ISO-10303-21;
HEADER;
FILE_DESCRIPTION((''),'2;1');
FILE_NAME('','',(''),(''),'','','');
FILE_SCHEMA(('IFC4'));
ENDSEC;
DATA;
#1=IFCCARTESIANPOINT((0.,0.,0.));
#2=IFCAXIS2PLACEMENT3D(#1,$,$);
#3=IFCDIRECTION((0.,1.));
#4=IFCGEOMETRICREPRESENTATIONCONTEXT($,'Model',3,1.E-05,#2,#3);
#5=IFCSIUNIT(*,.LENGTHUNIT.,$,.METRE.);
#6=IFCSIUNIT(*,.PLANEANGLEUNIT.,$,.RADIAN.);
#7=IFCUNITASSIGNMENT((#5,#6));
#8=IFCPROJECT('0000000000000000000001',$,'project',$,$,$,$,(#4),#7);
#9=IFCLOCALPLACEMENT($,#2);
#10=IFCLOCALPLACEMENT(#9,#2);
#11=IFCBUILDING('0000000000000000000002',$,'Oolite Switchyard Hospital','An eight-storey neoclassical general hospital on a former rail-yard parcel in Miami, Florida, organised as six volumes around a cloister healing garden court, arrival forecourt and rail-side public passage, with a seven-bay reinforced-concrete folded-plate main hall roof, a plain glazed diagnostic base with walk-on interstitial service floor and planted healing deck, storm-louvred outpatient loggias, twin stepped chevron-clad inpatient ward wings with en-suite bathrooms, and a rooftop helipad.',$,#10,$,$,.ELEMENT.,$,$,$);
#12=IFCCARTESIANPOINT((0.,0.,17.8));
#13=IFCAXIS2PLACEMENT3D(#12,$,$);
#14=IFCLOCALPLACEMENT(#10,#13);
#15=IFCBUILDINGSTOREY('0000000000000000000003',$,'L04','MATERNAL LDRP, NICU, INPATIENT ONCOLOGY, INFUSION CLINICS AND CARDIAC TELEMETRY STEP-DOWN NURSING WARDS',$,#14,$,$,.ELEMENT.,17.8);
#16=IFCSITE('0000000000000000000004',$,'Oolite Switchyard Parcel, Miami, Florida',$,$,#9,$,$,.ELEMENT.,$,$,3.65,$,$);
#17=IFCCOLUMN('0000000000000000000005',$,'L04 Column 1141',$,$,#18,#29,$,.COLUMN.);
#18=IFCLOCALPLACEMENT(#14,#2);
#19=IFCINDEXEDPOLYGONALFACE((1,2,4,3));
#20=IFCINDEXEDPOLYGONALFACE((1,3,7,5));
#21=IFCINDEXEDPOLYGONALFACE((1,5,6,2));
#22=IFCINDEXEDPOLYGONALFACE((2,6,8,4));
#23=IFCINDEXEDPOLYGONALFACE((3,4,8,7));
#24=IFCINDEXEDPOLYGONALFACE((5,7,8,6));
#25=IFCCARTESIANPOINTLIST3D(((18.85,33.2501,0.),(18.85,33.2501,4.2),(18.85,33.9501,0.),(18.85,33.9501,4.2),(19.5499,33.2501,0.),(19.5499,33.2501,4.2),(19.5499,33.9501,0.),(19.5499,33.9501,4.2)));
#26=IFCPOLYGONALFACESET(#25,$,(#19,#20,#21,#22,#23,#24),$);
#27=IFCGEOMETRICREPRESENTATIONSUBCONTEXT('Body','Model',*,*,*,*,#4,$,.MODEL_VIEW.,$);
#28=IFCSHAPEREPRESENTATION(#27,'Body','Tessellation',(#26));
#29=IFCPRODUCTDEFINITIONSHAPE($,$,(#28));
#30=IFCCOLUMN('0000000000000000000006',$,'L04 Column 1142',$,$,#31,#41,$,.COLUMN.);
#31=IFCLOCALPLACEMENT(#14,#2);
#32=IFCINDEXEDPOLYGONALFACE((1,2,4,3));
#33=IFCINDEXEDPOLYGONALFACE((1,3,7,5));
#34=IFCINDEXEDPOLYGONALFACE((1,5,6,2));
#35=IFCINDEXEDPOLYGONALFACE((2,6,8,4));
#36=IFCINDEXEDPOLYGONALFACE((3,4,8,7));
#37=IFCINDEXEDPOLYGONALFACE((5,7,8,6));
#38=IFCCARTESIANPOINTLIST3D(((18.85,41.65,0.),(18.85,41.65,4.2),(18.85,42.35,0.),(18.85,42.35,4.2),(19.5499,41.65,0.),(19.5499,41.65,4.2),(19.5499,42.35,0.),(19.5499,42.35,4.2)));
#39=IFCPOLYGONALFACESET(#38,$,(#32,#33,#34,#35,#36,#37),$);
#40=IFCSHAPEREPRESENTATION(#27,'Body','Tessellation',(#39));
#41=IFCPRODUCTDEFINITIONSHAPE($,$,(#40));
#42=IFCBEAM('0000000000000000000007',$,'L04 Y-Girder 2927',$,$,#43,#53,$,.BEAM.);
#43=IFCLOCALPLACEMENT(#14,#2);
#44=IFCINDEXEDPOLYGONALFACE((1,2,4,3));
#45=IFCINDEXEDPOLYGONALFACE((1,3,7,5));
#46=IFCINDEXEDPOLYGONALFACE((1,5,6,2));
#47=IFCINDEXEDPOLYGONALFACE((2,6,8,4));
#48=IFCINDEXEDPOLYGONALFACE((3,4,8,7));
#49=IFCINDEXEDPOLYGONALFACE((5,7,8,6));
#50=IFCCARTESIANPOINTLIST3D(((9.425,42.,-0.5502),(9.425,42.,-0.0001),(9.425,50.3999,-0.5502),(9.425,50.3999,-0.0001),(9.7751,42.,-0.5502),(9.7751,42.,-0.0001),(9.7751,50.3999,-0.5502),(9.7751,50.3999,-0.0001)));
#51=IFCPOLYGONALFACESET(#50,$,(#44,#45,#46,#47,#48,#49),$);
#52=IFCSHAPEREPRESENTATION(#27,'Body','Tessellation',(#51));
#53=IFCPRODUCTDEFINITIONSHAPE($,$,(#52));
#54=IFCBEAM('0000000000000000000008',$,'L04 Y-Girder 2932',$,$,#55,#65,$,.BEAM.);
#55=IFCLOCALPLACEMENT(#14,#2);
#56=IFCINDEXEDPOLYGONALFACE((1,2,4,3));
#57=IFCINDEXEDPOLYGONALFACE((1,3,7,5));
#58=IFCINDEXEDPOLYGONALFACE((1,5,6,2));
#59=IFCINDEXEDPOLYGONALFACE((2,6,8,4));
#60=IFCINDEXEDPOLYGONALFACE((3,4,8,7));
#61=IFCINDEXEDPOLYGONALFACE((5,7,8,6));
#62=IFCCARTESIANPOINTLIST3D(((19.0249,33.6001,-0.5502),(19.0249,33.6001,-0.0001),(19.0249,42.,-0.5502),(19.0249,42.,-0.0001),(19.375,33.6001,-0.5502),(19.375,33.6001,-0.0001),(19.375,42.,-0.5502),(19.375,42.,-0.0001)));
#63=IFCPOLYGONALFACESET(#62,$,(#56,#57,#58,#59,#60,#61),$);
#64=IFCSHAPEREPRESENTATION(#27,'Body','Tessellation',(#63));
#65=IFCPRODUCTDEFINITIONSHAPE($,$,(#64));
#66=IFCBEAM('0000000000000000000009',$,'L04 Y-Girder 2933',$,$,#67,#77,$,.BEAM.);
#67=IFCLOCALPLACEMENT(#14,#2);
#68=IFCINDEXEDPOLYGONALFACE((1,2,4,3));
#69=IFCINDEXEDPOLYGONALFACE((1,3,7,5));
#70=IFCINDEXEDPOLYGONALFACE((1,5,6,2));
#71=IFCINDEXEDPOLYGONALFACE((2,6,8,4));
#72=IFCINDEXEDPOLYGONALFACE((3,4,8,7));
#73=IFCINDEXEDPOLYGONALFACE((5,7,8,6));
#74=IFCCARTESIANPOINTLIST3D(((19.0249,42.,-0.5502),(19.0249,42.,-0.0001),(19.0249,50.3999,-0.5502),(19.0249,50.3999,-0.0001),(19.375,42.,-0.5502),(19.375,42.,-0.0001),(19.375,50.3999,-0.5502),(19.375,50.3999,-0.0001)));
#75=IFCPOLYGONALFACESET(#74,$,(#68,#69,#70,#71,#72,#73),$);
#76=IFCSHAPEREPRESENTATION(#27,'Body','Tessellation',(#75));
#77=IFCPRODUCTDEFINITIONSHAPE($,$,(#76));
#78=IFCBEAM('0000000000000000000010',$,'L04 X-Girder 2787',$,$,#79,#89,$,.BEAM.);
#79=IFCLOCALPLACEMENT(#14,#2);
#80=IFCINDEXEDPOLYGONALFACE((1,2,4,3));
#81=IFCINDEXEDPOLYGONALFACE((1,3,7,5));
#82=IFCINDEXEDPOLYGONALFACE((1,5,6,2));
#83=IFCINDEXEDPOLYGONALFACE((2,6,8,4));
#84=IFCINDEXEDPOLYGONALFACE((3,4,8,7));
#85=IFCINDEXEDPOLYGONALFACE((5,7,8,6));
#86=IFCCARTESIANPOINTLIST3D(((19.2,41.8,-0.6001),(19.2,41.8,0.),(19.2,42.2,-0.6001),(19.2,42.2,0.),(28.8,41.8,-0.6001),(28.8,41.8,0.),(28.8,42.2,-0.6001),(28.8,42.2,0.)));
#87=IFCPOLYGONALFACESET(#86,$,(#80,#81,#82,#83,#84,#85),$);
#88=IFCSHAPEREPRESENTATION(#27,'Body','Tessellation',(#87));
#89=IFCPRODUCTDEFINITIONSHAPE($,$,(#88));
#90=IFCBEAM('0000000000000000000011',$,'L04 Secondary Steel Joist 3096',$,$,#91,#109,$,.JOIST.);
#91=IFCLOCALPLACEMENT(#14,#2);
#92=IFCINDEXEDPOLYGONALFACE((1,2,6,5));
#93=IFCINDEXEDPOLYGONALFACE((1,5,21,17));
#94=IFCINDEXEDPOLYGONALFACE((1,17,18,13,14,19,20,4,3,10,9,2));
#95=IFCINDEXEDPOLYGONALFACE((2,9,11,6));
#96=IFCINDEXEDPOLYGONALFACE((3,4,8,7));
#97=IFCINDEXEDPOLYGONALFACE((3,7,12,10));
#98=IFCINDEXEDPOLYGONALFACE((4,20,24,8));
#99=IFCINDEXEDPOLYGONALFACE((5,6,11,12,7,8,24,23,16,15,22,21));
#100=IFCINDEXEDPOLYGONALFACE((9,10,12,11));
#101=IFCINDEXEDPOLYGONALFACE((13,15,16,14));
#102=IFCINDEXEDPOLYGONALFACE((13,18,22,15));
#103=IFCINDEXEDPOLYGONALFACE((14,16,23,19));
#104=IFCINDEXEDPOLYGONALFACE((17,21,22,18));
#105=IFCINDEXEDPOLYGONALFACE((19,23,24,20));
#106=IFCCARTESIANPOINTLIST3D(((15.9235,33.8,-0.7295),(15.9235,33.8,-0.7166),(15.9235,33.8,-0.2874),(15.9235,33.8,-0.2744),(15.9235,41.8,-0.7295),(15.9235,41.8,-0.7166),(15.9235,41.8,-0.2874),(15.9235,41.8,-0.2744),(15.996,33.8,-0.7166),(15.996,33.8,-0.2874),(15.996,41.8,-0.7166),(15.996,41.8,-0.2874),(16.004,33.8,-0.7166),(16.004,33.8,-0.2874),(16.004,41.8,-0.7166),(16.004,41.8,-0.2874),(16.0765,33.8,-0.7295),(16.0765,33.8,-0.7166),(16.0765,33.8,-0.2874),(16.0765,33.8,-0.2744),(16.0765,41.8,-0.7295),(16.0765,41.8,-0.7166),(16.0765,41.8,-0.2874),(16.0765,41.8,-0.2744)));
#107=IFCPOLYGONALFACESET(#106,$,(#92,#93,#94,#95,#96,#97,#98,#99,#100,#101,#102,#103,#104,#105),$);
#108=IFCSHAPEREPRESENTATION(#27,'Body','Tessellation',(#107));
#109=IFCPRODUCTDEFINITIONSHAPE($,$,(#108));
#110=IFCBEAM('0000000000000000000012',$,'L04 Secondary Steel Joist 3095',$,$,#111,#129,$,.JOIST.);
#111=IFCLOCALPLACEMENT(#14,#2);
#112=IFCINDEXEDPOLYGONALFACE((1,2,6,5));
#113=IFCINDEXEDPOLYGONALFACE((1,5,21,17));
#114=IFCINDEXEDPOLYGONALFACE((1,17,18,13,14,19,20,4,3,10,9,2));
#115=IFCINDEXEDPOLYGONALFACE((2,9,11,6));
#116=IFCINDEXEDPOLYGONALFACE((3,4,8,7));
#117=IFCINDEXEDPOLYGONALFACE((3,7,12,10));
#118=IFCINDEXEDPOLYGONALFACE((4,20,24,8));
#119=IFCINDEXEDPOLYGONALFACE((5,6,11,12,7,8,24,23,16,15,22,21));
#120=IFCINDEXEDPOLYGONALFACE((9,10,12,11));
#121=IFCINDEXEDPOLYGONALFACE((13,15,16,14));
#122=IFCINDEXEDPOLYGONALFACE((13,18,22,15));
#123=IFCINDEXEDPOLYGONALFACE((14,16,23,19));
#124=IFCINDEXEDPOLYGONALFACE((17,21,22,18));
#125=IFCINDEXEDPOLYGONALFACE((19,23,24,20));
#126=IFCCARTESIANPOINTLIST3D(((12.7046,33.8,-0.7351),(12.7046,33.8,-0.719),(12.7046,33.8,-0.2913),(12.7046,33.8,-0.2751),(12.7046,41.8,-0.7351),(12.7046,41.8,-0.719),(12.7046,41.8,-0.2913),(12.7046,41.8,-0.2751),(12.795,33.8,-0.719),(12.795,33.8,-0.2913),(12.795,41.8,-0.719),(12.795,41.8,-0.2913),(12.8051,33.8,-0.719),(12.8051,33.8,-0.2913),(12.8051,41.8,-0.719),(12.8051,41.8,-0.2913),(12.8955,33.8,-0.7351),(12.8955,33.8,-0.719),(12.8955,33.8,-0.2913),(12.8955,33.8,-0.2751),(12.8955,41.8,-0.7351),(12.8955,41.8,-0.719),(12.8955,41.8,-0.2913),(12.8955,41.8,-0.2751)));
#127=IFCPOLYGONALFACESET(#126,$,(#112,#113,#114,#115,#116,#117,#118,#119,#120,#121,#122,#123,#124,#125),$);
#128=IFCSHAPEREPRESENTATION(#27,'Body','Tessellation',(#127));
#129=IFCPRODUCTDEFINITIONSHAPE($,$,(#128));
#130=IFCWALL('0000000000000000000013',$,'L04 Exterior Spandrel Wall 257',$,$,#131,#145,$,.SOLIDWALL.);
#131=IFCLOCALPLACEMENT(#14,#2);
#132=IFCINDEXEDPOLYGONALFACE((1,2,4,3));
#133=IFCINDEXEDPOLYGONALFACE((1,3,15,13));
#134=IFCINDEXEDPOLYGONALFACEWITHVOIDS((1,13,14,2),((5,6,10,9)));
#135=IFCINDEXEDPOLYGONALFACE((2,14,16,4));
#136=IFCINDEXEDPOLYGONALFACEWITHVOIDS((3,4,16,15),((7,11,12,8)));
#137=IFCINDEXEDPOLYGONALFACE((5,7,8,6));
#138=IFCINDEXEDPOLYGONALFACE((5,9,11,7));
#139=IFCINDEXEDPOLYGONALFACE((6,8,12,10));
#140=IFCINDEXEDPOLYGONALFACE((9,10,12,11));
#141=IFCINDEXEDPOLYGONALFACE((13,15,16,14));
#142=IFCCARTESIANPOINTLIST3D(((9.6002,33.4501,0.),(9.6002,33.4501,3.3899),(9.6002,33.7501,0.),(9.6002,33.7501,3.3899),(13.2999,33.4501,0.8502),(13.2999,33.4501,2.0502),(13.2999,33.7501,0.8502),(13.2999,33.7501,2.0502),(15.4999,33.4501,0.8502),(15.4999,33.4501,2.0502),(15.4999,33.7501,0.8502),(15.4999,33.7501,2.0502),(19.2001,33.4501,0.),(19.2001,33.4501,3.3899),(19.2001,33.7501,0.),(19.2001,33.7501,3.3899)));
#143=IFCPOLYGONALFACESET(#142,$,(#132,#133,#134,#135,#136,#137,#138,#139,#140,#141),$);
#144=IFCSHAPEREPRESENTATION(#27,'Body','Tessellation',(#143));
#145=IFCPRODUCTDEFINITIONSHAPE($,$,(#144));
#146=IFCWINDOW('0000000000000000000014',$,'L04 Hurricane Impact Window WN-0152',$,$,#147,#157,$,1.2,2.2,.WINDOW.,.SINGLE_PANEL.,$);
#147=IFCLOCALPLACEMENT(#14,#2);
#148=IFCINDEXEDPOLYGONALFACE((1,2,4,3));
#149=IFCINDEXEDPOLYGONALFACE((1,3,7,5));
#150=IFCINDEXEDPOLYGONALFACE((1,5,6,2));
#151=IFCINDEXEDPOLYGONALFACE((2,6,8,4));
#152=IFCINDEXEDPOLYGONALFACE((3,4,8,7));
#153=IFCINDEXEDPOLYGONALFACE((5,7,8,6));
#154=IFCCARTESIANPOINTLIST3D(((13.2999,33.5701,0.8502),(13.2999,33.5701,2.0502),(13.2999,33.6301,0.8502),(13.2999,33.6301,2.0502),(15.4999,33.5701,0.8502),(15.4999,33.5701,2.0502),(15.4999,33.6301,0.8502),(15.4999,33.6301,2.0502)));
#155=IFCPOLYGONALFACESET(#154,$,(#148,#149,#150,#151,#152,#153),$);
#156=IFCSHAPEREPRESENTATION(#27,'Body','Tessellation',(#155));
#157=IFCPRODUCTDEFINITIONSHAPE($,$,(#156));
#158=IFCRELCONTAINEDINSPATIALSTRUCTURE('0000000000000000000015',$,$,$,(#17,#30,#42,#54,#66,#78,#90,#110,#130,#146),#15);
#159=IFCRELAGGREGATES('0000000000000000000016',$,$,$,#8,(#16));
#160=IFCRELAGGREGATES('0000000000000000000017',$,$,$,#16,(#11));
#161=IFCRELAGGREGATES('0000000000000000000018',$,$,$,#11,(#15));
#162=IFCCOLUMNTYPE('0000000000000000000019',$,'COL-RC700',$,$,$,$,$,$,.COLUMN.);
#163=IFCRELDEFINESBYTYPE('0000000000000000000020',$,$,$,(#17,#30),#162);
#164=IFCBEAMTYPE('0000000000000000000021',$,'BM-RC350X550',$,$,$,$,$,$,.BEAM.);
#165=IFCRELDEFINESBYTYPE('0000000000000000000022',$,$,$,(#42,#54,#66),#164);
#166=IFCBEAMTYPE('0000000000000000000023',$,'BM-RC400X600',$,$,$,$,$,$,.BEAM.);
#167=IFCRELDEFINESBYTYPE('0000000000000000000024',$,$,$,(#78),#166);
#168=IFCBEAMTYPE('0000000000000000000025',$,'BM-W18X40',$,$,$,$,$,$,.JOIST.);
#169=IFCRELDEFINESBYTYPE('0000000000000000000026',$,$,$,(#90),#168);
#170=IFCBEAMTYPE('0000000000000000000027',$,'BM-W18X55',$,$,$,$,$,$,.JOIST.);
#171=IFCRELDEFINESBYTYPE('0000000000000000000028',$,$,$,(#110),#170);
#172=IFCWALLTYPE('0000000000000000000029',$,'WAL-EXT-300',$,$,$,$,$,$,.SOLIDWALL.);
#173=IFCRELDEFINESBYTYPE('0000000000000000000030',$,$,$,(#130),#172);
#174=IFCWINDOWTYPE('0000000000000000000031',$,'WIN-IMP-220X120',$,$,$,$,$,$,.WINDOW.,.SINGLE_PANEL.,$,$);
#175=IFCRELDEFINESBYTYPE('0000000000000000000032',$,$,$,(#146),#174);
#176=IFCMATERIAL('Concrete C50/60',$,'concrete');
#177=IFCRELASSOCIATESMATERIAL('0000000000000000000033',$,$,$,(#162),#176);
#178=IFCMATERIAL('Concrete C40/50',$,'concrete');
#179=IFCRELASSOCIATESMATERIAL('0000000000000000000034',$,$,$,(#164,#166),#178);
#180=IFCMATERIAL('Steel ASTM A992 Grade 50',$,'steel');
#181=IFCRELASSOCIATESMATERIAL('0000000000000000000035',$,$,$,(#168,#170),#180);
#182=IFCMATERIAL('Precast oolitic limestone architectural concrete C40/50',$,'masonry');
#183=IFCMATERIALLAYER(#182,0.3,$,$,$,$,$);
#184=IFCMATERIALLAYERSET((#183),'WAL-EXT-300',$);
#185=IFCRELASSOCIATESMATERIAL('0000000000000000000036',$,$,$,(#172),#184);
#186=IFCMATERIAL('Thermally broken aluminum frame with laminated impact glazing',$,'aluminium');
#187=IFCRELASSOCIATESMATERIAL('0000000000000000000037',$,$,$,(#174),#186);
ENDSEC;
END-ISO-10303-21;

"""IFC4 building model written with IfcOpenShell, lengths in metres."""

from ifc_helpers import new_model, si_unit, direction, frame, frame_2d, origin, origin_2d, place, context, subcontext, project, spatial, rectangle, i_section, extrude, material, layer, layer_set, material_profile, profile_set, type_object, element, fill, save


model = new_model("IFC4")

# Units and contexts
model_context = context("Model", 3, precision=1e-05, world=origin(), true_north=direction((0.0, 1.0)))
body_context = subcontext(model_context, "Body", "Model", "MODEL_VIEW")
ifc_project = project(units=[si_unit("LENGTHUNIT", "METRE"), si_unit("PLANEANGLEUNIT", "RADIAN")], contexts=[model_context])

# Site, building, storey
site_placement = place(None, origin())
site = spatial("IfcSite", under=ifc_project, at=site_placement, Name="Oolite Switchyard Parcel, Miami, Florida", CompositionType="ELEMENT", RefElevation=3.65)
building_placement = place(site_placement, origin())
building = spatial("IfcBuilding", under=site, at=building_placement, Name="Oolite Switchyard Hospital", Description="An eight-storey neoclassical general hospital on a former rail-yard parcel in Miami, Florida, organised as six volumes around a cloister healing garden court, arrival forecourt and rail-side public passage, with a seven-bay reinforced-concrete folded-plate main hall roof, a plain glazed diagnostic base with walk-on interstitial service floor and planted healing deck, storm-louvred outpatient loggias, twin stepped chevron-clad inpatient ward wings with en-suite bathrooms, and a rooftop helipad.", CompositionType="ELEMENT")
storey_placement = place(building_placement, frame((0.0, 0.0, 17.8)))
storey = spatial("IfcBuildingStorey", under=building, at=storey_placement, Name="L04", Description="MATERNAL LDRP, NICU, INPATIENT ONCOLOGY, INFUSION CLINICS AND CARDIAC TELEMETRY STEP-DOWN NURSING WARDS", CompositionType="ELEMENT", Elevation=17.8)

# Columns
ifc_material_1 = material(Name="Concrete C50/60", Category="concrete")
ifc_material_profile_1 = material_profile(ifc_material_1, rectangle(XDim=0.7, YDim=0.7, at=origin_2d()), Name="RC700X700")
ifc_profile_set_1 = profile_set([ifc_material_profile_1], Name="Concrete C50/60")
column_type = type_object("IfcColumnType", Name="COL-RC700", PredefinedType="COLUMN", material=ifc_profile_set_1)
for number, where, z_axis, x_axis, name in (
    (1, (19.2, 33.6001, 0.0), (0.0, 0.0, 1.0), (1.0, 0.0, 0.0), "L04 Column 1141"),
    (2, (19.2, 42.0, 0.0), (0.0, 0.0, 1.0), (1.0, 0.0, 0.0), "L04 Column 1142"),
):
    element("IfcColumn", number, at=place(storey_placement, frame(where, z_axis=z_axis, x_axis=x_axis)), inside=storey, type_object=column_type, Name=name, PredefinedType="COLUMN", context=body_context, shape_type="SweptSolid", body=[
        extrude(rectangle(XDim=0.7, YDim=0.7, at=origin_2d()), origin(), (0.0, 0.0, 1.0), 4.2),
    ])

# Beams
ifc_material_2 = material(Name="Concrete C40/50", Category="concrete")
ifc_material_profile_2 = material_profile(ifc_material_2, rectangle(XDim=0.3501, YDim=0.55, at=origin_2d()), Name="RCB350X550")
ifc_profile_set_2 = profile_set([ifc_material_profile_2], Name="Concrete C40/50")
beam_type_1 = type_object("IfcBeamType", Name="BM-RC350X550", PredefinedType="BEAM", material=ifc_profile_set_2)
for number, where, z_axis, x_axis, name in (
    (3, (9.6001, 42.0, -0.2751), (0.0, 1.0, 0.0), (-1.0, 0.0, 0.0), "L04 Y-Girder 2927"),
    (4, (19.2, 33.6001, -0.2751), (0.0, 1.0, 0.0), (-1.0, 0.0, 0.0), "L04 Y-Girder 2932"),
    (5, (19.2, 42.0, -0.2751), (0.0, 1.0, 0.0), (-1.0, 0.0, 0.0), "L04 Y-Girder 2933"),
):
    element("IfcBeam", number, at=place(storey_placement, frame(where, z_axis=z_axis, x_axis=x_axis)), inside=storey, type_object=beam_type_1, Name=name, PredefinedType="BEAM", context=body_context, shape_type="SweptSolid", body=[
        extrude(rectangle(XDim=0.3501, YDim=0.55, at=origin_2d()), origin(), (0.0, 0.0, 1.0), 8.3999),
    ])
ifc_material_profile_3 = material_profile(ifc_material_2, rectangle(XDim=0.3999, YDim=0.6001, at=origin_2d()), Name="RCB400X600")
ifc_profile_set_3 = profile_set([ifc_material_profile_3], Name="Concrete C40/50")
beam_type_2 = type_object("IfcBeamType", Name="BM-RC400X600", PredefinedType="BEAM", material=ifc_profile_set_3)
beam_1_placement = place(storey_placement, frame((19.2, 42.0, -0.3), z_axis=(1.0, 0.0, 0.0), x_axis=(0.0, 1.0, 0.0)))
element("IfcBeam", 6, at=beam_1_placement, inside=storey, type_object=beam_type_2, Name="L04 X-Girder 2787", PredefinedType="BEAM", context=body_context, shape_type="SweptSolid", body=[
    extrude(rectangle(XDim=0.3999, YDim=0.6001, at=origin_2d()), origin(), (0.0, 0.0, 1.0), 9.6001),
])
ifc_material_3 = material(Name="Steel ASTM A992 Grade 50", Category="steel")
ifc_material_profile_4 = material_profile(ifc_material_3, i_section(OverallWidth=0.1531, OverallDepth=0.4551, WebThickness=0.0081, FlangeThickness=0.0129, at=origin_2d()), Name="W18X40")
ifc_profile_set_4 = profile_set([ifc_material_profile_4], Name="Steel ASTM A992 Grade 50")
beam_type_3 = type_object("IfcBeamType", Name="BM-W18X40", PredefinedType="JOIST", material=ifc_profile_set_4)
beam_2_placement = place(storey_placement, frame((16.0, 33.8, -0.502), z_axis=(0.0, 1.0, 0.0), x_axis=(-1.0, 0.0, 0.0)))
element("IfcBeam", 7, at=beam_2_placement, inside=storey, type_object=beam_type_3, Name="L04 Secondary Steel Joist 3096", PredefinedType="JOIST", context=body_context, shape_type="SweptSolid", body=[
    extrude(i_section(OverallWidth=0.1531, OverallDepth=0.4551, WebThickness=0.0081, FlangeThickness=0.0129, at=origin_2d()), origin(), (0.0, 0.0, 1.0), 8.0),
])
ifc_material_profile_5 = material_profile(ifc_material_3, i_section(OverallWidth=0.1909, OverallDepth=0.46, WebThickness=0.01, FlangeThickness=0.0161, at=origin_2d()), Name="W18X55")
ifc_profile_set_5 = profile_set([ifc_material_profile_5], Name="Steel ASTM A992 Grade 50")
beam_type_4 = type_object("IfcBeamType", Name="BM-W18X55", PredefinedType="JOIST", material=ifc_profile_set_5)
beam_3_placement = place(storey_placement, frame((12.8, 33.8, -0.5051), z_axis=(0.0, 1.0, 0.0), x_axis=(-1.0, 0.0, 0.0)))
element("IfcBeam", 8, at=beam_3_placement, inside=storey, type_object=beam_type_4, Name="L04 Secondary Steel Joist 3095", PredefinedType="JOIST", context=body_context, shape_type="SweptSolid", body=[
    extrude(i_section(OverallWidth=0.1909, OverallDepth=0.46, WebThickness=0.01, FlangeThickness=0.0161, at=origin_2d()), origin(), (0.0, 0.0, 1.0), 8.0),
])

# Wall, opening, window
ifc_material_4 = material(Name="Precast oolitic limestone architectural concrete C40/50", Category="masonry")
ifc_layer_1 = layer(ifc_material_4, 0.3)
ifc_layer_set_1 = layer_set([ifc_layer_1], Name="WAL-EXT-300")
wall_type_1 = type_object("IfcWallType", Name="WAL-EXT-300", PredefinedType="SOLIDWALL", material=ifc_layer_set_1)
wall_1_placement = place(storey_placement, frame((19.2, 33.6001, 0.0), z_axis=(0.0, 0.0, 1.0), x_axis=(-1.0, 0.0, 0.0)))
wall_1 = element("IfcWall", 9, at=wall_1_placement, inside=storey, type_object=wall_type_1, Name="L04 Exterior Spandrel Wall 257", PredefinedType="SOLIDWALL", context=body_context, shape_type="SweptSolid", body=[
    extrude(rectangle(XDim=9.5999, YDim=0.3, at=frame_2d((4.7998, 0.0))), origin(), (0.0, 0.0, 1.0), 3.3899),
])
opening_1_placement = place(wall_1_placement, frame((3.7, 0.0, 0.8501)))
opening_1 = element("IfcOpeningElement", 10, at=opening_1_placement, cuts=wall_1, PredefinedType="OPENING", context=body_context, shape_type="SweptSolid", body=[
    extrude(rectangle(XDim=2.2, YDim=1.2, at=frame_2d((1.1001, 0.6001))), frame((0.0, 0.1602, 0.0), z_axis=(0.0, -1.0, 0.0), x_axis=(1.0, 0.0, 0.0)), (0.0, 0.0, 1.0), 0.3201),
])
ifc_material_5 = material(Name="Thermally broken aluminum frame with laminated impact glazing", Category="aluminium")
window_type = type_object("IfcWindowType", Name="WIN-IMP-220X120", PartitioningType="SINGLE_PANEL", PredefinedType="WINDOW", material=ifc_material_5)
window_placement = place(opening_1_placement, origin())
window = element("IfcWindow", 11, at=window_placement, inside=storey, type_object=window_type, Name="L04 Hurricane Impact Window WN-0152", OverallHeight=1.2, OverallWidth=2.2, PartitioningType="SINGLE_PANEL", PredefinedType="WINDOW", context=body_context, shape_type="SweptSolid", body=[
    extrude(rectangle(XDim=2.2, YDim=1.2, at=frame_2d((1.1001, 0.6001))), frame((0.0, 0.03, 0.0), z_axis=(0.0, -1.0, 0.0), x_axis=(1.0, 0.0, 0.0)), (0.0, 0.0, 1.0), 0.0601),
])
fill(opening_1, window)

save(model, "model.ifc")
